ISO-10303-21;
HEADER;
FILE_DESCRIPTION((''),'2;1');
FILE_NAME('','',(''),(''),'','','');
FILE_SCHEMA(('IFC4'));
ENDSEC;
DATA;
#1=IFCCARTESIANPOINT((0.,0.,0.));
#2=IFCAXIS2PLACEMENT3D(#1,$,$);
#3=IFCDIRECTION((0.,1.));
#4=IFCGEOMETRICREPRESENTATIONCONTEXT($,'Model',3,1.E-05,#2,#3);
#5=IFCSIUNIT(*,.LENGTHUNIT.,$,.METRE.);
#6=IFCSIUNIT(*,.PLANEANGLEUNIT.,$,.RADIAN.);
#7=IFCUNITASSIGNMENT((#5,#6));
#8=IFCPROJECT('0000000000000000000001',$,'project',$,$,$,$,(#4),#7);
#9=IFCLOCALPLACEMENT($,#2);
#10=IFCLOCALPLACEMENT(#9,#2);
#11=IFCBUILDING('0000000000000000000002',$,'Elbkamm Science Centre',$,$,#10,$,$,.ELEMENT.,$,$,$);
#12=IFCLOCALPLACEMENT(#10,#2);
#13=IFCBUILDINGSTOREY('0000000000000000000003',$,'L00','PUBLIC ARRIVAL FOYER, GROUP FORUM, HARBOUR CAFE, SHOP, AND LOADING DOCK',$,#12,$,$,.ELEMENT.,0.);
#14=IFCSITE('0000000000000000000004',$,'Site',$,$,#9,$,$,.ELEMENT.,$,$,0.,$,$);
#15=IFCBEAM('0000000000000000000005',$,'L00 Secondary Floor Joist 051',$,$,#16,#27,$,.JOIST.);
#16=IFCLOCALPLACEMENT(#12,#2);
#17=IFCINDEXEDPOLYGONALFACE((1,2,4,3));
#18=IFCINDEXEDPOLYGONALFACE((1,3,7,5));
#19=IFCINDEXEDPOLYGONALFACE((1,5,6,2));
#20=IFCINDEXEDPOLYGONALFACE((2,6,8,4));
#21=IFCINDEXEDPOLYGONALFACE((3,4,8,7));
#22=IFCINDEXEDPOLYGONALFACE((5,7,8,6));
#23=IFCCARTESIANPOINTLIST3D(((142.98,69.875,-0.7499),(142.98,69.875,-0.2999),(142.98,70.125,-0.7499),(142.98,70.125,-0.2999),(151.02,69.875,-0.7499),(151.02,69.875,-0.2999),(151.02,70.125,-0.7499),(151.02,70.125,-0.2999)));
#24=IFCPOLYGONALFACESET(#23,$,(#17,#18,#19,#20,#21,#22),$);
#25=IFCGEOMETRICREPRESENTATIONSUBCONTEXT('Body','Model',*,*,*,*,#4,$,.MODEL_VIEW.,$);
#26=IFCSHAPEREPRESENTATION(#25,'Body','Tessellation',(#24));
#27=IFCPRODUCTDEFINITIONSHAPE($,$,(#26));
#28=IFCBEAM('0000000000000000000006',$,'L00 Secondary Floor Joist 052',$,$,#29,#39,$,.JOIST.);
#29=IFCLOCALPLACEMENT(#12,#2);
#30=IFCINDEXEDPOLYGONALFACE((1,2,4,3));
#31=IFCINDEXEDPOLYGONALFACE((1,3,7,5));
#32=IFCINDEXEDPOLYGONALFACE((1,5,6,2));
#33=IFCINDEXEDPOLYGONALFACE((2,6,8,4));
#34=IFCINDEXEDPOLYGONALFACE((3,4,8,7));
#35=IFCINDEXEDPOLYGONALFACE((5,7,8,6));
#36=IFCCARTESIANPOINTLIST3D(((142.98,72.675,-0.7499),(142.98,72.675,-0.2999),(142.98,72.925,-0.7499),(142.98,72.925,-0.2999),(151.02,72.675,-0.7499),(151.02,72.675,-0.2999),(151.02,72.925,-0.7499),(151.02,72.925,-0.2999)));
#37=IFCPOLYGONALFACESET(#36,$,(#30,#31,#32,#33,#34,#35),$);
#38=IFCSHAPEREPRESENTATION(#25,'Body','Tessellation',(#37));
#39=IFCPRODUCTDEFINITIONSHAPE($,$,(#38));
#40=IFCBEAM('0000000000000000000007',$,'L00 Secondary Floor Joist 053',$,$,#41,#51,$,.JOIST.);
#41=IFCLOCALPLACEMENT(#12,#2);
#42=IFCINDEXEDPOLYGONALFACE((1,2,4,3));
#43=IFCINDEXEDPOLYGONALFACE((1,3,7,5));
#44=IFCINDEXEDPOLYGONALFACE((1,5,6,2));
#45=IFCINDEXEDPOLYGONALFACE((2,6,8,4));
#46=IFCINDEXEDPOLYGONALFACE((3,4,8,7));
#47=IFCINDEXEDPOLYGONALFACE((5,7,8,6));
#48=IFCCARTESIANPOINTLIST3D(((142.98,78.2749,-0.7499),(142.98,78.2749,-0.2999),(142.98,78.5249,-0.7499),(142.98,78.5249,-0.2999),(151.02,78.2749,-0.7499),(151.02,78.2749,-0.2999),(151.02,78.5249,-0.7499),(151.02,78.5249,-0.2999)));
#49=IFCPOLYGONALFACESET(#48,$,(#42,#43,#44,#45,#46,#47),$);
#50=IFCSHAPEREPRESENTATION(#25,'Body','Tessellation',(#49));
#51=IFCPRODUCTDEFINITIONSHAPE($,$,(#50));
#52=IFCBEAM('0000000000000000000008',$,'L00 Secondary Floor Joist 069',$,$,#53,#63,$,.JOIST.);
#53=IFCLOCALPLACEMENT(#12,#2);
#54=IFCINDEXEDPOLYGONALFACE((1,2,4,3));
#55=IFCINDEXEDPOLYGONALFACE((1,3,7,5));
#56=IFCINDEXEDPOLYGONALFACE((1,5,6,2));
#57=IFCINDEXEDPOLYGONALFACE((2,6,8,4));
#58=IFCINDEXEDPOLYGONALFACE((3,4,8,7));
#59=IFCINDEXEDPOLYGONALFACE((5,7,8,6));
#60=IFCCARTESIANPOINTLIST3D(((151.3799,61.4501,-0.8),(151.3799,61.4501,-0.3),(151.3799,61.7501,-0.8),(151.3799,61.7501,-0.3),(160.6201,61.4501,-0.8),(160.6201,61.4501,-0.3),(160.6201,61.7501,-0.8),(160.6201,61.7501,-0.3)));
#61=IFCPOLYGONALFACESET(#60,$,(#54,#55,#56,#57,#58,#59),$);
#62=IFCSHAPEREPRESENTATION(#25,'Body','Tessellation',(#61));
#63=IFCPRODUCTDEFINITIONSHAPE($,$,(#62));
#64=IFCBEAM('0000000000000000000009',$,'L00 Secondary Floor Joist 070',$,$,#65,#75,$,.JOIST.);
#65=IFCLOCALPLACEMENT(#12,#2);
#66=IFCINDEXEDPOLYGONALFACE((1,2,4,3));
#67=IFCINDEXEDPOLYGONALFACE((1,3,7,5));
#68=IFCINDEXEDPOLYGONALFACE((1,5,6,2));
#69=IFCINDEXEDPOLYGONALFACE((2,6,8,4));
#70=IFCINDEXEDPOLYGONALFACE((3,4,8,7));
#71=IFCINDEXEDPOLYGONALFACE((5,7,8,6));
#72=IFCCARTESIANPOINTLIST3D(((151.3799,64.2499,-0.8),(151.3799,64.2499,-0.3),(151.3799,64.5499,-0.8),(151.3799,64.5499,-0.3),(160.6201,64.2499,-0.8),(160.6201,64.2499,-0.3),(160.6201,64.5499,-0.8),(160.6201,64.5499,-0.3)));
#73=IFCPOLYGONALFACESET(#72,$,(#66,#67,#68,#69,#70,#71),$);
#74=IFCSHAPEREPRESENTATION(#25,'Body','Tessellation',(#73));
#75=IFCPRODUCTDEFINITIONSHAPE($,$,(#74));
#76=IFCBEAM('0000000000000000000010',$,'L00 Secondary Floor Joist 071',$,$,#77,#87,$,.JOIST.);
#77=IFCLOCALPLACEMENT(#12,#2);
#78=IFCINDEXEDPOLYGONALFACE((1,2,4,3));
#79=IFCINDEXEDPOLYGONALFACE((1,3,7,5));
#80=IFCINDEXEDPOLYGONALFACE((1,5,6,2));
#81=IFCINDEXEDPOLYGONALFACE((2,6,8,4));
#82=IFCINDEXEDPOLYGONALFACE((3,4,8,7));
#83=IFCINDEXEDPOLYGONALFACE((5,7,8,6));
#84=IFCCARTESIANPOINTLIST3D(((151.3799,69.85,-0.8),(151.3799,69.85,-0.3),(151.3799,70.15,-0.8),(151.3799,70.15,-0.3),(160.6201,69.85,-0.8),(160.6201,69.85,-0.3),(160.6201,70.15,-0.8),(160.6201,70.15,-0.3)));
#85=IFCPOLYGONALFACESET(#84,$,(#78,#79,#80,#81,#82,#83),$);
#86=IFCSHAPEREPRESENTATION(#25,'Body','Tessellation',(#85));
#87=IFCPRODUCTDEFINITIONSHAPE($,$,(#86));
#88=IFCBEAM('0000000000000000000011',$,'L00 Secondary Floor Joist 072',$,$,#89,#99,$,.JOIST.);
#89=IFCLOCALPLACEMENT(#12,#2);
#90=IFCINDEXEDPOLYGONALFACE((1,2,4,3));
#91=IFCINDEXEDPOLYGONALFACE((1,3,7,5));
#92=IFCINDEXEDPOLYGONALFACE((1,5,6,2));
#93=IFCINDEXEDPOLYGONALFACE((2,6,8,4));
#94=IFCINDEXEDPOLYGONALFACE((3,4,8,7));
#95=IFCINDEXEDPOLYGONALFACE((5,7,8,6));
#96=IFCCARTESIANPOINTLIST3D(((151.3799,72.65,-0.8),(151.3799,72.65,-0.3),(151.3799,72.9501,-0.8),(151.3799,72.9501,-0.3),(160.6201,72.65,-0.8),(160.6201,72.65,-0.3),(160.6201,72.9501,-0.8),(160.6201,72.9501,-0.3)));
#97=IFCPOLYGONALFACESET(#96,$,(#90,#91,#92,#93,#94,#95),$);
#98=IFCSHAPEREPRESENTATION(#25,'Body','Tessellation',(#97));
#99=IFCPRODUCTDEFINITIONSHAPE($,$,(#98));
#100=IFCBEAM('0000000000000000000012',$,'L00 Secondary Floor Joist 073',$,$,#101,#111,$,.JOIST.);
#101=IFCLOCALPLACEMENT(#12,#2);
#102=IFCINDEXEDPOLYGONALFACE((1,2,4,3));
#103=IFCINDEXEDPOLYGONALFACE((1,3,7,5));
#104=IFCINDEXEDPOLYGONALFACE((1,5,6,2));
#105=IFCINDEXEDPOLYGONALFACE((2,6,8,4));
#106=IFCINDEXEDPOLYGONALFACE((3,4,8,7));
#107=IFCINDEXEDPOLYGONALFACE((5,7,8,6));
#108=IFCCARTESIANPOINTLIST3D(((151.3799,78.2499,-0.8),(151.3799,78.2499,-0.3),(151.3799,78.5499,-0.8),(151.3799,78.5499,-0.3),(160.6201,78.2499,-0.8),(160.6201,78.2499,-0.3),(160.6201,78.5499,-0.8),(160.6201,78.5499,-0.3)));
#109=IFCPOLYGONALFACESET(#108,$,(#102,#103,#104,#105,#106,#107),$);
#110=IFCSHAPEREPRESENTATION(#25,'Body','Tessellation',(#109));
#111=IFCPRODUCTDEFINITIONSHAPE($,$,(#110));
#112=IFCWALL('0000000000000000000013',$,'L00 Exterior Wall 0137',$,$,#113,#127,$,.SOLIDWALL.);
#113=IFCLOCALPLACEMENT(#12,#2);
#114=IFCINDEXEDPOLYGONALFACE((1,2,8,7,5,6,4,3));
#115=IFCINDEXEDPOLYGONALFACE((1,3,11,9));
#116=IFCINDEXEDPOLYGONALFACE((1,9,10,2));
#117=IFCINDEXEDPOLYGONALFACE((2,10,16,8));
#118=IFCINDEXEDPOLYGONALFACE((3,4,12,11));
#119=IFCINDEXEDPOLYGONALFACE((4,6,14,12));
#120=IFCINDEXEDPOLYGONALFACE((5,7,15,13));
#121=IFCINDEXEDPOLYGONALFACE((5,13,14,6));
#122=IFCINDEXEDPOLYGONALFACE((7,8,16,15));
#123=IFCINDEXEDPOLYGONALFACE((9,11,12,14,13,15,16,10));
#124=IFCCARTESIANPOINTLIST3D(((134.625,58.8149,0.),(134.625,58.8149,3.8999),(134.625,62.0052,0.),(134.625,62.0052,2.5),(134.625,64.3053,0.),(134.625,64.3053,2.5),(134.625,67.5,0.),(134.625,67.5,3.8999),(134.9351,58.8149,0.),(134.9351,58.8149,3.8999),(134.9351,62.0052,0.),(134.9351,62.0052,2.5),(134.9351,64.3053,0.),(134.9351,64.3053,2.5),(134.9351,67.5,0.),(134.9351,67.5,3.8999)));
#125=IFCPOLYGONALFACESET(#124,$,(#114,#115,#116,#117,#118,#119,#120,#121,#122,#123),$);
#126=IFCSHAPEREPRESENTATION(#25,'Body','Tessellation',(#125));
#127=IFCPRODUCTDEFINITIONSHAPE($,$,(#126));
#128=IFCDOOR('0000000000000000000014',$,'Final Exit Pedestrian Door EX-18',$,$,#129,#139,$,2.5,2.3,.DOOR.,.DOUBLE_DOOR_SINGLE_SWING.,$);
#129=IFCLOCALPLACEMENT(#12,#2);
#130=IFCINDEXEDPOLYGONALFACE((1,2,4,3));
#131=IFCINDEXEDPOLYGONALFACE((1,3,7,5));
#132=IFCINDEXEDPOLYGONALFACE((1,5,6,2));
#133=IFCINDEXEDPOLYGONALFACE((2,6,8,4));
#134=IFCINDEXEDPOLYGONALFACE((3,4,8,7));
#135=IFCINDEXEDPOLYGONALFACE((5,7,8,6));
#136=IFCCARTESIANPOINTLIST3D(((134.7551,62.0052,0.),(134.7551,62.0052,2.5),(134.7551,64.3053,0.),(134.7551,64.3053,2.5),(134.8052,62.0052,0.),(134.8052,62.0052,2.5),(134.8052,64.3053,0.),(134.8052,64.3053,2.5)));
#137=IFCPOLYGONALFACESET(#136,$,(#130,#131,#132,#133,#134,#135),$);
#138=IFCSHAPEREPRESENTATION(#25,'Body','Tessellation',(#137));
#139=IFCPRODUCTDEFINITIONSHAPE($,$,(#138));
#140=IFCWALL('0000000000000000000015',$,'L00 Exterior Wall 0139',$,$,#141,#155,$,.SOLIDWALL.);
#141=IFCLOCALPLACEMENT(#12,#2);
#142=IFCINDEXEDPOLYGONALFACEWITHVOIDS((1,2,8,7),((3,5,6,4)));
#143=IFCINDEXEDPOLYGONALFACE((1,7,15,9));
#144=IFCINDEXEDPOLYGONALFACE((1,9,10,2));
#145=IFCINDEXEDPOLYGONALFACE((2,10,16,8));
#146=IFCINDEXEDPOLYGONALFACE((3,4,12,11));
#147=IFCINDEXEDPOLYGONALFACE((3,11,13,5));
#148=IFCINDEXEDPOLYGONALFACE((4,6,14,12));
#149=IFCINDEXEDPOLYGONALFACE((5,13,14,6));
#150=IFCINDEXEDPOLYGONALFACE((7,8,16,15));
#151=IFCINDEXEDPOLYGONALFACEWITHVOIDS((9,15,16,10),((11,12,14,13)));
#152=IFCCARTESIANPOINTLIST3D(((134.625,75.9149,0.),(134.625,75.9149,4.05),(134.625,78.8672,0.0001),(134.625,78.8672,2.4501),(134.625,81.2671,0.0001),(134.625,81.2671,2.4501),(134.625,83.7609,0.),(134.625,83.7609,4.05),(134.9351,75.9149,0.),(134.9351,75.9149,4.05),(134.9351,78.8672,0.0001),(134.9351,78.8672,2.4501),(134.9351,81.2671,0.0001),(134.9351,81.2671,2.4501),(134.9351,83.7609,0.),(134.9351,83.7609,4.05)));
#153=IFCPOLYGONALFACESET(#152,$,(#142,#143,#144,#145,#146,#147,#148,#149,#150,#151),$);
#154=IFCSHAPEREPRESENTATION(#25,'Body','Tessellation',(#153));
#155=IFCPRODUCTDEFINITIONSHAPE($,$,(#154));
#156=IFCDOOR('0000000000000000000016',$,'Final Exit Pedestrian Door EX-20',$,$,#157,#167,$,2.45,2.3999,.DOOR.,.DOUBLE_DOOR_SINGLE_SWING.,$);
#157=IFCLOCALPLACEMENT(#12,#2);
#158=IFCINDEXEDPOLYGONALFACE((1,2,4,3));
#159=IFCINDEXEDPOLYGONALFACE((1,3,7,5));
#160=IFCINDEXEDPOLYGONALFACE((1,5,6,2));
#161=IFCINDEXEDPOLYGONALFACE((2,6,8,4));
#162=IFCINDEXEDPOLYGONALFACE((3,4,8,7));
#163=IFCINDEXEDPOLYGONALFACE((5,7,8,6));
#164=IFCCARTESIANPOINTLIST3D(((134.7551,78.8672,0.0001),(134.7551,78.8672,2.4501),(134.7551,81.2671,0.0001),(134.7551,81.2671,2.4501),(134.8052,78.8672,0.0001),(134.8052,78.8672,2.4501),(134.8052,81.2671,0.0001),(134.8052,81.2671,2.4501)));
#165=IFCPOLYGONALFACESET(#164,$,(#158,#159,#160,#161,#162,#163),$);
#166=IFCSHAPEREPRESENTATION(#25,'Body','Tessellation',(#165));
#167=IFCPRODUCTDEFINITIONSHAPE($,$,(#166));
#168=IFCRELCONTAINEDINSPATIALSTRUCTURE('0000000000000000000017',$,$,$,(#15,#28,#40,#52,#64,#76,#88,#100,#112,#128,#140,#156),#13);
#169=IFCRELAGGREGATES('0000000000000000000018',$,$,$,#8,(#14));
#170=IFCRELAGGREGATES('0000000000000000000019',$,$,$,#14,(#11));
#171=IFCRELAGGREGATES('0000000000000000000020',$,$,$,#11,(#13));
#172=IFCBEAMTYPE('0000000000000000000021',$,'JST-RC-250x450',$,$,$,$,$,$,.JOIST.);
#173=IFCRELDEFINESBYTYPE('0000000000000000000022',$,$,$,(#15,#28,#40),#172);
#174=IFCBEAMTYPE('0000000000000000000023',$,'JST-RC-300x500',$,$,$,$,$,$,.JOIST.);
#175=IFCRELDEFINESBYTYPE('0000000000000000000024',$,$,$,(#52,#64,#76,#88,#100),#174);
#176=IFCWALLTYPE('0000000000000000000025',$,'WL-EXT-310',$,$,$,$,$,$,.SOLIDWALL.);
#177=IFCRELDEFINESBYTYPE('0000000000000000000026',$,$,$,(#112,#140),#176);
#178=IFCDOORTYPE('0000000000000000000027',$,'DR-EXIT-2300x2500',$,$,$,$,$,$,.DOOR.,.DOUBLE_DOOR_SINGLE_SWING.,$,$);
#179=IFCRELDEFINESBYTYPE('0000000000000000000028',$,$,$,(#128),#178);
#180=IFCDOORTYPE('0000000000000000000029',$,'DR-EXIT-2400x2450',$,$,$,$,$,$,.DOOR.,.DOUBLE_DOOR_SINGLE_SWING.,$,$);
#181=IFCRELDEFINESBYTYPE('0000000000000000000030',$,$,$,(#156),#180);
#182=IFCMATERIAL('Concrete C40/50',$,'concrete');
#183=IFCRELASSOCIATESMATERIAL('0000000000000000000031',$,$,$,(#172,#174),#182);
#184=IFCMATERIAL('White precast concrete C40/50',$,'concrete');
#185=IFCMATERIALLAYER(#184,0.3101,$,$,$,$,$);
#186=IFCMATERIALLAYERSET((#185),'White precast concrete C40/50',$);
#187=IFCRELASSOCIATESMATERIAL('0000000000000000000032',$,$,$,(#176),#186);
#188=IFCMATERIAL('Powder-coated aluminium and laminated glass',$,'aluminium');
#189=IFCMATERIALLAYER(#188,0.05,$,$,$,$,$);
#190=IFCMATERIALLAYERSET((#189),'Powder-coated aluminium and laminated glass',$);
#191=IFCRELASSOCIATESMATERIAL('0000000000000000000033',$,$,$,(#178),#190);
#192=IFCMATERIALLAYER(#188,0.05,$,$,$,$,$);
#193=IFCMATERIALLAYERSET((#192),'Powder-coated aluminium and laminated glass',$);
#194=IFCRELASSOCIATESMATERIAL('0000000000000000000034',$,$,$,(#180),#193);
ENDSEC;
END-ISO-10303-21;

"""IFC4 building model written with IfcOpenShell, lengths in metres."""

from ifc_helpers import new_model, si_unit, direction, frame, frame_2d, origin, origin_2d, place, context, subcontext, project, spatial, rectangle, extrude, material, layer, layer_set, material_profile, profile_set, type_object, element, fill, save


model = new_model("IFC4")

# Units and contexts
model_context = context("Model", 3, precision=1e-05, world=origin(), true_north=direction((0.0, 1.0)))
body_context = subcontext(model_context, "Body", "Model", "MODEL_VIEW")
ifc_project = project(units=[si_unit("LENGTHUNIT", "METRE"), si_unit("PLANEANGLEUNIT", "RADIAN")], contexts=[model_context])

# Site, building, storey
site_placement = place(None, origin())
site = spatial("IfcSite", under=ifc_project, at=site_placement, Name="Site", CompositionType="ELEMENT", RefElevation=0.0)
building_placement = place(site_placement, origin())
building = spatial("IfcBuilding", under=site, at=building_placement, Name="Elbkamm Science Centre", CompositionType="ELEMENT")
storey_placement = place(building_placement, origin())
storey = spatial("IfcBuildingStorey", under=building, at=storey_placement, Name="L00", Description="PUBLIC ARRIVAL FOYER, GROUP FORUM, HARBOUR CAFE, SHOP, AND LOADING DOCK", CompositionType="ELEMENT", Elevation=0.0)

# Shared definitions
ifc_material_1 = material(Name="Concrete C40/50", Category="concrete")

# Beams
ifc_material_profile_1 = material_profile(ifc_material_1, rectangle(XDim=0.25, YDim=0.45, at=origin_2d()), Name="RC 250x450")
ifc_profile_set_1 = profile_set([ifc_material_profile_1], Name="Concrete C40/50")
beam_type_1 = type_object("IfcBeamType", Name="JST-RC-250x450", PredefinedType="JOIST", material=ifc_profile_set_1)
for number, where, z_axis, x_axis, name in (
    (1, (142.98, 70.0, -0.5249), (1.0, 0.0, 0.0), (0.0, 1.0, 0.0), "L00 Secondary Floor Joist 051"),
    (2, (142.98, 72.8, -0.5249), (1.0, 0.0, 0.0), (0.0, 1.0, 0.0), "L00 Secondary Floor Joist 052"),
    (3, (142.98, 78.3999, -0.5249), (1.0, 0.0, 0.0), (0.0, 1.0, 0.0), "L00 Secondary Floor Joist 053"),
):
    element("IfcBeam", number, at=place(storey_placement, frame(where, z_axis=z_axis, x_axis=x_axis)), inside=storey, type_object=beam_type_1, Name=name, PredefinedType="JOIST", context=body_context, shape_type="SweptSolid", body=[
        extrude(rectangle(XDim=0.25, YDim=0.45, at=origin_2d()), origin(), (0.0, 0.0, 1.0), 8.04),
    ])
ifc_material_profile_2 = material_profile(ifc_material_1, rectangle(XDim=0.3, YDim=0.5, at=origin_2d()), Name="RC 300x500")
ifc_profile_set_2 = profile_set([ifc_material_profile_2], Name="Concrete C40/50")
beam_type_2 = type_object("IfcBeamType", Name="JST-RC-300x500", PredefinedType="JOIST", material=ifc_profile_set_2)
for number, where, z_axis, x_axis, name in (
    (4, (151.3799, 61.6001, -0.55), (1.0, 0.0, 0.0), (0.0, 1.0, 0.0), "L00 Secondary Floor Joist 069"),
    (5, (151.3799, 64.3999, -0.55), (1.0, 0.0, 0.0), (0.0, 1.0, 0.0), "L00 Secondary Floor Joist 070"),
    (6, (151.3799, 70.0, -0.55), (1.0, 0.0, 0.0), (0.0, 1.0, 0.0), "L00 Secondary Floor Joist 071"),
    (7, (151.3799, 72.8, -0.55), (1.0, 0.0, 0.0), (0.0, 1.0, 0.0), "L00 Secondary Floor Joist 072"),
    (8, (151.3799, 78.3999, -0.55), (1.0, 0.0, 0.0), (0.0, 1.0, 0.0), "L00 Secondary Floor Joist 073"),
):
    element("IfcBeam", number, at=place(storey_placement, frame(where, z_axis=z_axis, x_axis=x_axis)), inside=storey, type_object=beam_type_2, Name=name, PredefinedType="JOIST", context=body_context, shape_type="SweptSolid", body=[
        extrude(rectangle(XDim=0.3, YDim=0.5, at=origin_2d()), origin(), (0.0, 0.0, 1.0), 9.2402),
    ])

# Walls, openings, doors
ifc_material_2 = material(Name="White precast concrete C40/50", Category="concrete")
ifc_layer_1 = layer(ifc_material_2, 0.3101)
ifc_layer_set_1 = layer_set([ifc_layer_1], Name="White precast concrete C40/50")
wall_type_1 = type_object("IfcWallType", Name="WL-EXT-310", PredefinedType="SOLIDWALL", material=ifc_layer_set_1)
wall_1_placement = place(storey_placement, frame((134.78, 58.8149, 0.0), z_axis=(0.0, 0.0, 1.0), x_axis=(0.0, 1.0, 0.0)))
wall_1 = element("IfcWall", 9, at=wall_1_placement, inside=storey, type_object=wall_type_1, Name="L00 Exterior Wall 0137", PredefinedType="SOLIDWALL", context=body_context, shape_type="SweptSolid", body=[
    extrude(rectangle(XDim=8.6851, YDim=0.3101, at=frame_2d((4.3425, 0.0))), origin(), (0.0, 0.0, 1.0), 3.8999),
])
opening_1_placement = place(wall_1_placement, frame((3.1904, 0.0, 0.0)))
opening_1 = element("IfcOpeningElement", 10, at=opening_1_placement, cuts=wall_1, PredefinedType="OPENING", context=body_context, shape_type="SweptSolid", body=[
    extrude(rectangle(XDim=2.3, YDim=2.5, at=frame_2d((1.1499, 1.25))), frame((0.0, 0.167, 0.0), z_axis=(0.0, -1.0, 0.0), x_axis=(1.0, 0.0, 0.0)), (0.0, 0.0, 1.0), 0.334),
])
ifc_material_3 = material(Name="Powder-coated aluminium and laminated glass", Category="aluminium")
ifc_layer_2 = layer(ifc_material_3, 0.05)
ifc_layer_set_2 = layer_set([ifc_layer_2], Name="Powder-coated aluminium and laminated glass")
door_type_1 = type_object("IfcDoorType", Name="DR-EXIT-2300x2500", OperationType="DOUBLE_DOOR_SINGLE_SWING", PredefinedType="DOOR", material=ifc_layer_set_2)
door_1_placement = place(opening_1_placement, origin())
door_1 = element("IfcDoor", 11, at=door_1_placement, inside=storey, type_object=door_type_1, Name="Final Exit Pedestrian Door EX-18", OperationType="DOUBLE_DOOR_SINGLE_SWING", OverallHeight=2.5, OverallWidth=2.3, PredefinedType="DOOR", context=body_context, shape_type="SweptSolid", body=[
    extrude(rectangle(XDim=2.3, YDim=2.5, at=frame_2d((1.1499, 1.25))), frame((0.0, 0.0249, 0.0), z_axis=(0.0, -1.0, 0.0), x_axis=(1.0, 0.0, 0.0)), (0.0, 0.0, 1.0), 0.05),
])
fill(opening_1, door_1)
wall_2_placement = place(storey_placement, frame((134.78, 75.915, 0.0), z_axis=(0.0, 0.0, 1.0), x_axis=(0.0, 1.0, 0.0)))
wall_2 = element("IfcWall", 12, at=wall_2_placement, inside=storey, type_object=wall_type_1, Name="L00 Exterior Wall 0139", PredefinedType="SOLIDWALL", context=body_context, shape_type="SweptSolid", body=[
    extrude(rectangle(XDim=7.8459, YDim=0.3101, at=frame_2d((3.9229, 0.0))), origin(), (0.0, 0.0, 1.0), 4.05),
])
opening_2_placement = place(wall_2_placement, frame((2.9521, 0.0, 0.0)))
opening_2 = element("IfcOpeningElement", 13, at=opening_2_placement, cuts=wall_2, PredefinedType="OPENING", context=body_context, shape_type="SweptSolid", body=[
    extrude(rectangle(XDim=2.3999, YDim=2.45, at=frame_2d((1.2, 1.2251))), frame((0.0, 0.167, 0.0), z_axis=(0.0, -1.0, 0.0), x_axis=(1.0, 0.0, 0.0)), (0.0, 0.0, 1.0), 0.334),
])
ifc_layer_3 = layer(ifc_material_3, 0.05)
ifc_layer_set_3 = layer_set([ifc_layer_3], Name="Powder-coated aluminium and laminated glass")
door_type_2 = type_object("IfcDoorType", Name="DR-EXIT-2400x2450", OperationType="DOUBLE_DOOR_SINGLE_SWING", PredefinedType="DOOR", material=ifc_layer_set_3)
door_2_placement = place(opening_2_placement, origin())
door_2 = element("IfcDoor", 14, at=door_2_placement, inside=storey, type_object=door_type_2, Name="Final Exit Pedestrian Door EX-20", OperationType="DOUBLE_DOOR_SINGLE_SWING", OverallHeight=2.45, OverallWidth=2.3999, PredefinedType="DOOR", context=body_context, shape_type="SweptSolid", body=[
    extrude(rectangle(XDim=2.3999, YDim=2.45, at=frame_2d((1.2, 1.2251))), frame((0.0, 0.0249, 0.0), z_axis=(0.0, -1.0, 0.0), x_axis=(1.0, 0.0, 0.0)), (0.0, 0.0, 1.0), 0.05),
])
fill(opening_2, door_2)

save(model, "model.ifc")
